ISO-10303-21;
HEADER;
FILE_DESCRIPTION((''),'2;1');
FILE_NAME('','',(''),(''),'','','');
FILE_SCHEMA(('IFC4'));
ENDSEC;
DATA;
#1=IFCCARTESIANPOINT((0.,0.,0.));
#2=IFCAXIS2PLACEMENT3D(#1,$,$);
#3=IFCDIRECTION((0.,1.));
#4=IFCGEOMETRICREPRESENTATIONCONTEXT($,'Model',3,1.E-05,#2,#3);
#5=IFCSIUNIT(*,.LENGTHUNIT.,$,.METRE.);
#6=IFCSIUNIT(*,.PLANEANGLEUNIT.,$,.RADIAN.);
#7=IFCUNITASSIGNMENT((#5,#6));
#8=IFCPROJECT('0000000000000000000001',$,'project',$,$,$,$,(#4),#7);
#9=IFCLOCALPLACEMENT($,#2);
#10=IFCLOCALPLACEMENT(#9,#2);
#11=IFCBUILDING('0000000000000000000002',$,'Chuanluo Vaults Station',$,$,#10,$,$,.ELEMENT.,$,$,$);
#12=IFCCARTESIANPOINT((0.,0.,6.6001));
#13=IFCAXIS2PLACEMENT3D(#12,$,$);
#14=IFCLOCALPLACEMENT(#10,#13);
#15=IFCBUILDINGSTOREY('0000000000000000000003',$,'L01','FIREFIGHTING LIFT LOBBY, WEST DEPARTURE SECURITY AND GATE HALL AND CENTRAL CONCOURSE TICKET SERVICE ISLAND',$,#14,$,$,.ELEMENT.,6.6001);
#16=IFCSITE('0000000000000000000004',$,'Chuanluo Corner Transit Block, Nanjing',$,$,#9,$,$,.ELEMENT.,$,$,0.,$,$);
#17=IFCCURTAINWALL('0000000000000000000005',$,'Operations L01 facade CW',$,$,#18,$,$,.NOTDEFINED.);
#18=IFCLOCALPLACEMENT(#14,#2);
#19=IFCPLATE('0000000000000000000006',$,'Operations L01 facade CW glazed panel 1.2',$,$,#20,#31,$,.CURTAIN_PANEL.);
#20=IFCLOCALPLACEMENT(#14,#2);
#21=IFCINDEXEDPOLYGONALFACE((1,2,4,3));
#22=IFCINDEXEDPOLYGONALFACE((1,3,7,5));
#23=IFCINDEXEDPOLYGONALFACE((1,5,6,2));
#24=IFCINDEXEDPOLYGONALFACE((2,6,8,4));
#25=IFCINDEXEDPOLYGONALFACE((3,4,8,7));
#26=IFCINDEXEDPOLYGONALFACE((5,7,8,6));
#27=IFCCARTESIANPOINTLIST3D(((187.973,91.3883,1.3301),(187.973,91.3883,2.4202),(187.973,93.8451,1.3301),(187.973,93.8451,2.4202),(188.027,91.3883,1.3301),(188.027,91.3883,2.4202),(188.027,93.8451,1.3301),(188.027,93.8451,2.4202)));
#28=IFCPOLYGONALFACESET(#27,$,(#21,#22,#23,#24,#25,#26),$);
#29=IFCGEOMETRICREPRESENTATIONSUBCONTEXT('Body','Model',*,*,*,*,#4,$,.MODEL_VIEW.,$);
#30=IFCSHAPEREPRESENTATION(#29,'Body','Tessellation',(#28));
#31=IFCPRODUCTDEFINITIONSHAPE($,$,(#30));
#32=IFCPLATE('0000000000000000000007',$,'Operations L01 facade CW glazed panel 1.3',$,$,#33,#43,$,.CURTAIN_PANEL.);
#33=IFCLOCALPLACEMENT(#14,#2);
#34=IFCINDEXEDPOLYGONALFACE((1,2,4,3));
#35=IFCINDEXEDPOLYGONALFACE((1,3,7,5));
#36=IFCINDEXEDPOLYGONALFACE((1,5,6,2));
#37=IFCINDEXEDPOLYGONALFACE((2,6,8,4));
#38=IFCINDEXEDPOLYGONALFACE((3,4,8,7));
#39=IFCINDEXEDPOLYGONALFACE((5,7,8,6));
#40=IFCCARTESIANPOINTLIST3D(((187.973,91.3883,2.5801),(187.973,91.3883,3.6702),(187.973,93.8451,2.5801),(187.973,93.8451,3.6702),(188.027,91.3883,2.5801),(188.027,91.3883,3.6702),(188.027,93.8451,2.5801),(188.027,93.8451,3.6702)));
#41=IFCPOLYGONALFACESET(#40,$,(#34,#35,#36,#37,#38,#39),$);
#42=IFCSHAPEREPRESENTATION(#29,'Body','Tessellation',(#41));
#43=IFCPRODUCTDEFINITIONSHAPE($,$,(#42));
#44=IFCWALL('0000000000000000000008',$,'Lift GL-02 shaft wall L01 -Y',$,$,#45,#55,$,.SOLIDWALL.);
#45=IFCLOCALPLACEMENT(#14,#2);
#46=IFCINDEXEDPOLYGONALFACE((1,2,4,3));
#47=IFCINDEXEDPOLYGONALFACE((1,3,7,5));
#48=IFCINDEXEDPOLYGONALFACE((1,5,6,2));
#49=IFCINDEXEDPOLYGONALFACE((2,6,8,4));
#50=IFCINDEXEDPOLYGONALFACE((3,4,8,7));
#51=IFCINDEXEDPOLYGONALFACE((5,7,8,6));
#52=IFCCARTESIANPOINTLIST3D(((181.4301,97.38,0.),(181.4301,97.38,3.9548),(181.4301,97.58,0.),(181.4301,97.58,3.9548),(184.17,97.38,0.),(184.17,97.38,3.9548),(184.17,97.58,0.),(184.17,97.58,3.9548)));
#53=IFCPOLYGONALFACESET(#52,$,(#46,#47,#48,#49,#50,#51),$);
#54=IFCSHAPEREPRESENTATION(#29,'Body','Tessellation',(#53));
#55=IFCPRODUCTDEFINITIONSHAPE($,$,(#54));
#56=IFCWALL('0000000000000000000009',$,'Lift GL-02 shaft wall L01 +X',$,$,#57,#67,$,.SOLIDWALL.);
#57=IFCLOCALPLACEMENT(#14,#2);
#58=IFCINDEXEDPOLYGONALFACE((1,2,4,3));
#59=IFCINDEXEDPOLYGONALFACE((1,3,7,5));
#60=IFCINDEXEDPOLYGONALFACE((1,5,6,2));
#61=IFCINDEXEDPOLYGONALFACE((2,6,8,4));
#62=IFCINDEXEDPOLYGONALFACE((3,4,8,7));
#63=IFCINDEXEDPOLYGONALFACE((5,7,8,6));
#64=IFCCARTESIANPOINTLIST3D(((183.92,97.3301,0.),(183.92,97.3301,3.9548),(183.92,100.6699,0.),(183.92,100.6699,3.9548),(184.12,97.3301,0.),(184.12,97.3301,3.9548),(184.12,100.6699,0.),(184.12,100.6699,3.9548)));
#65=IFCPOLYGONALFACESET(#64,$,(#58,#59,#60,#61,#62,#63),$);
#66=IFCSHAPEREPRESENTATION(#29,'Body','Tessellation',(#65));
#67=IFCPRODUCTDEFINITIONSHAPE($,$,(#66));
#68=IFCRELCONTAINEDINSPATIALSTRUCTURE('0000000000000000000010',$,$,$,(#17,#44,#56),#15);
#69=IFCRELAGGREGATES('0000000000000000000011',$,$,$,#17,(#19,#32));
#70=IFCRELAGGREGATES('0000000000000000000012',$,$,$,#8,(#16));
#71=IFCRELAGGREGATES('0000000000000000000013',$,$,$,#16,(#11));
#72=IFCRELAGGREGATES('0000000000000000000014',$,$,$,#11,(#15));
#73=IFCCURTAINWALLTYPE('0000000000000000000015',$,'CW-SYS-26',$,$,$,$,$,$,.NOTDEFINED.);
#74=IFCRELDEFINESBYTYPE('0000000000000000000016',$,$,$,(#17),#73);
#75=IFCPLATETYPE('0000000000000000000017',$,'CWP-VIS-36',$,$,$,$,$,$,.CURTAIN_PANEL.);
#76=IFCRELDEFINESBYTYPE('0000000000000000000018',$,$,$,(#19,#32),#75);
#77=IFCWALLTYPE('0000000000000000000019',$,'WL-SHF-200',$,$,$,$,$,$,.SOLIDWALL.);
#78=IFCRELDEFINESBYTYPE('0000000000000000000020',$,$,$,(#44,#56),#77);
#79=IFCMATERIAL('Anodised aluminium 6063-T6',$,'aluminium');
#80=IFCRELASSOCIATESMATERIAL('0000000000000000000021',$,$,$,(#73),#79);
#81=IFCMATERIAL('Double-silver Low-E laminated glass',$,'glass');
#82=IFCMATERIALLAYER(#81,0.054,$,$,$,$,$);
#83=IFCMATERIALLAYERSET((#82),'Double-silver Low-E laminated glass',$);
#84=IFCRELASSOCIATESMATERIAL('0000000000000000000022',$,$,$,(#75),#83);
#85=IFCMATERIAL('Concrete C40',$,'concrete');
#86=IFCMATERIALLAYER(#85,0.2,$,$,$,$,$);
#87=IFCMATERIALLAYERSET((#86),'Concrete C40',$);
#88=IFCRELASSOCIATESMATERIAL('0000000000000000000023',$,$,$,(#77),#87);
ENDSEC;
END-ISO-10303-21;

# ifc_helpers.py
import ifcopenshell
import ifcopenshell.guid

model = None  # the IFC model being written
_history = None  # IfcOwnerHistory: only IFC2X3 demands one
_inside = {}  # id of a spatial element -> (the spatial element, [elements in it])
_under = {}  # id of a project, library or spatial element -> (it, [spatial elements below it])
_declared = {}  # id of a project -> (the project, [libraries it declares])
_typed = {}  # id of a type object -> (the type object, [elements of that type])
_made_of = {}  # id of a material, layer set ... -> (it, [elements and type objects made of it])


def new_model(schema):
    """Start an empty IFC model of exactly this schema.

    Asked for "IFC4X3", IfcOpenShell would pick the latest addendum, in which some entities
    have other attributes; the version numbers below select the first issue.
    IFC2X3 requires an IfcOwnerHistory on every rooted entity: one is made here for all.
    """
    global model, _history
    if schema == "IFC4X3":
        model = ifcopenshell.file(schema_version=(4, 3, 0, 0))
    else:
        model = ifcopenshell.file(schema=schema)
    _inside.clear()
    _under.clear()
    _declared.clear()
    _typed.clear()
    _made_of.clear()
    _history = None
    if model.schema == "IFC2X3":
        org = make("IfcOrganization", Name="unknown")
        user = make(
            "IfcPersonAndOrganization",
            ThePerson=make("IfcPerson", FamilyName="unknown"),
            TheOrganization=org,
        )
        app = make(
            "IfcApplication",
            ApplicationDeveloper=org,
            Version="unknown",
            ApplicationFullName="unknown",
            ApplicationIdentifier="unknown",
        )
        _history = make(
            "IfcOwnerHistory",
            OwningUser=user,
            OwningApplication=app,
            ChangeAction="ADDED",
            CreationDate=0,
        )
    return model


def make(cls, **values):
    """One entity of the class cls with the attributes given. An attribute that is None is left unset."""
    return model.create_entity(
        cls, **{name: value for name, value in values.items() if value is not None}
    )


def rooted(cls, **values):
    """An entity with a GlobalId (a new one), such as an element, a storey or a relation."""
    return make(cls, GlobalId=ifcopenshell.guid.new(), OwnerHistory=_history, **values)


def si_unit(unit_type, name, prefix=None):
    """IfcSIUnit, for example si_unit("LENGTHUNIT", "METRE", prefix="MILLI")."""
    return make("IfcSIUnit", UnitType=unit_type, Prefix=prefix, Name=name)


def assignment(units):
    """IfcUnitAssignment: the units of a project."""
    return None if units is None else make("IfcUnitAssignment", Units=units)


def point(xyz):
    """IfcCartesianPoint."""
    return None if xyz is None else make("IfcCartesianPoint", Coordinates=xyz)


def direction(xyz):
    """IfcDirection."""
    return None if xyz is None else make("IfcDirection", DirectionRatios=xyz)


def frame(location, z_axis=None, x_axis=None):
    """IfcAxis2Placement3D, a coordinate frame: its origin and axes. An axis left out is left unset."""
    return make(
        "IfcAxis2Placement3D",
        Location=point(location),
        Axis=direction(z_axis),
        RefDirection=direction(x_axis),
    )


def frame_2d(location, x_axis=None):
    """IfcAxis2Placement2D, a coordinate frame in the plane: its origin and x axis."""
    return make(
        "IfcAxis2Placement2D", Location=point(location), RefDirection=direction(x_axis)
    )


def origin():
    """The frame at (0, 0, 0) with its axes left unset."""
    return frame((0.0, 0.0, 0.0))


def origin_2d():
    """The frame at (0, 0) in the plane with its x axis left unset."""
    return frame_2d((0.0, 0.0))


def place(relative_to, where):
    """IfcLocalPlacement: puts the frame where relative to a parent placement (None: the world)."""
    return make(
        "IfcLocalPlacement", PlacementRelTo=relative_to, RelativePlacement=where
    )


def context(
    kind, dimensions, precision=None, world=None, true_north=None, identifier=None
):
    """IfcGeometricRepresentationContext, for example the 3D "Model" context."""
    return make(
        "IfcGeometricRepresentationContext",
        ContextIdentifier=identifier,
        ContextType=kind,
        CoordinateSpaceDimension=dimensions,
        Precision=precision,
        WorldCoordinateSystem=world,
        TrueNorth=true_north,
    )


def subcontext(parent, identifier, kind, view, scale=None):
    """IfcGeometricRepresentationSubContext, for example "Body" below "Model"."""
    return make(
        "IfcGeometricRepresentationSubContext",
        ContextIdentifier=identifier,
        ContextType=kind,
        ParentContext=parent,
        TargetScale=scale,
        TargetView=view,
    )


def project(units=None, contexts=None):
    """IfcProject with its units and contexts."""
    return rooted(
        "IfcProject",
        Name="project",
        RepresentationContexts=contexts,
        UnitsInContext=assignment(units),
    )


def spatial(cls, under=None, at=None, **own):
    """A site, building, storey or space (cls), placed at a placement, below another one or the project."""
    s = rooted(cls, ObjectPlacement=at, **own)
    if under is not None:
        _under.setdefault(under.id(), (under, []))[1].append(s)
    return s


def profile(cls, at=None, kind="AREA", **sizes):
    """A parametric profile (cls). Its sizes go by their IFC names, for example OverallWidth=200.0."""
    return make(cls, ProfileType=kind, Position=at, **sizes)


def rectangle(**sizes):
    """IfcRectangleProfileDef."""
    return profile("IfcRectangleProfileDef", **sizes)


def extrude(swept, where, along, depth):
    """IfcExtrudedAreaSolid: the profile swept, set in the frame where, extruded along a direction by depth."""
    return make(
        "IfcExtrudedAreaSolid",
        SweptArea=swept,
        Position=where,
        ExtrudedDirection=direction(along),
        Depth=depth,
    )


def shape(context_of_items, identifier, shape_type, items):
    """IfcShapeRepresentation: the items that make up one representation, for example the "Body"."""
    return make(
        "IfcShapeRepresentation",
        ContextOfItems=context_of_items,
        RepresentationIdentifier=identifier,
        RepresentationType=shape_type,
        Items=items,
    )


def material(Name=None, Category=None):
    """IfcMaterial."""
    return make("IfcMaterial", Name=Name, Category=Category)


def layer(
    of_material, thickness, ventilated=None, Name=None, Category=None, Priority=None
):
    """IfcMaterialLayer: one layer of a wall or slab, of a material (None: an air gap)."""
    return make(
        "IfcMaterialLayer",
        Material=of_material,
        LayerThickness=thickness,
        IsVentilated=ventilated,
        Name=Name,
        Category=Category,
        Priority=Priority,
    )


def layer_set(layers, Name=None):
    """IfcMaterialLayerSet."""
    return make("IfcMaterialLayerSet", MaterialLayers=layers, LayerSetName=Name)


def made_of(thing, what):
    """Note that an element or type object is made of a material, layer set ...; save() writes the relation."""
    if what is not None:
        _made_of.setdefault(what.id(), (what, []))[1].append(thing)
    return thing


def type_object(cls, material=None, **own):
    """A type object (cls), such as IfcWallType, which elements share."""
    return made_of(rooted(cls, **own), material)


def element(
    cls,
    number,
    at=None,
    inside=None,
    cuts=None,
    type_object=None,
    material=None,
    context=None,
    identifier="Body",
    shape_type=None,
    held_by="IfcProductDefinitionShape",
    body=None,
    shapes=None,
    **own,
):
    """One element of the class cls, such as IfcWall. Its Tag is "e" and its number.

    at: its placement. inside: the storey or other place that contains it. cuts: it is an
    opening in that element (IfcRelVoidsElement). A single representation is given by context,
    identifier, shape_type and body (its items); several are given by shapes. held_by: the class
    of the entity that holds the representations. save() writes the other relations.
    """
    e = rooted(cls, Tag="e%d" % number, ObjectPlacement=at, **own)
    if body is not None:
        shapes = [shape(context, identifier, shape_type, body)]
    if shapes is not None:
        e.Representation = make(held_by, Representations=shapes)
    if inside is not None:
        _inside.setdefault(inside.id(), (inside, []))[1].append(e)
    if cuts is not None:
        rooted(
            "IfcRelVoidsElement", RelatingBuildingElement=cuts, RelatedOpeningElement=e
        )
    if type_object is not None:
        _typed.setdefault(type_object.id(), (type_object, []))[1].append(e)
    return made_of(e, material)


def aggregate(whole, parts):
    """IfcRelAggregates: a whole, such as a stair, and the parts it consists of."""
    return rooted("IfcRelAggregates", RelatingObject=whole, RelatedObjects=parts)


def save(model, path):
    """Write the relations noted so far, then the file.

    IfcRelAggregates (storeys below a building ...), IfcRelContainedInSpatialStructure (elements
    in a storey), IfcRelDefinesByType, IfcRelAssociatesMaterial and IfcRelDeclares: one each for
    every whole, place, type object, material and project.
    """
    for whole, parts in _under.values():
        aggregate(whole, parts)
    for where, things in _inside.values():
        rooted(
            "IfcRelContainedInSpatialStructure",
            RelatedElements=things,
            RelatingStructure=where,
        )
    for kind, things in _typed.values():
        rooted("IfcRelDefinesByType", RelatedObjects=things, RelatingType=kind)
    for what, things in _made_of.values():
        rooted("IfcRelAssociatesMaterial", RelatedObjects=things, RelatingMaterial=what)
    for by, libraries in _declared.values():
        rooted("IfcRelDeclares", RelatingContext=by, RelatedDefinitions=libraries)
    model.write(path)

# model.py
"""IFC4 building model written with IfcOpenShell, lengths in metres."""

from ifc_helpers import new_model, si_unit, direction, frame, frame_2d, origin, origin_2d, place, context, subcontext, project, spatial, rectangle, extrude, material, layer, layer_set, type_object, element, aggregate, save


model = new_model("IFC4")

# Units and contexts
model_context = context("Model", 3, precision=1e-05, world=origin(), true_north=direction((0.0, 1.0)))
body_context = subcontext(model_context, "Body", "Model", "MODEL_VIEW")
ifc_project = project(units=[si_unit("LENGTHUNIT", "METRE"), si_unit("PLANEANGLEUNIT", "RADIAN")], contexts=[model_context])

# Site, building, storey
site_placement = place(None, origin())
site = spatial("IfcSite", under=ifc_project, at=site_placement, Name="Chuanluo Corner Transit Block, Nanjing", CompositionType="ELEMENT", RefElevation=0.0)
building_placement = place(site_placement, origin())
building = spatial("IfcBuilding", under=site, at=building_placement, Name="Chuanluo Vaults Station", CompositionType="ELEMENT")
storey_placement = place(building_placement, frame((0.0, 0.0, 6.6001)))
storey = spatial("IfcBuildingStorey", under=building, at=storey_placement, Name="L01", Description="FIREFIGHTING LIFT LOBBY, WEST DEPARTURE SECURITY AND GATE HALL AND CENTRAL CONCOURSE TICKET SERVICE ISLAND", CompositionType="ELEMENT", Elevation=6.6001)

# Curtain wall
ifc_material_1 = material(Name="Anodised aluminium 6063-T6", Category="aluminium")
curtain_wall_type_1 = type_object("IfcCurtainWallType", Name="CW-SYS-26", PredefinedType="NOTDEFINED", material=ifc_material_1)
curtain_wall_1_placement = place(storey_placement, origin())
curtain_wall_1 = element("IfcCurtainWall", 1, at=curtain_wall_1_placement, inside=storey, type_object=curtain_wall_type_1, Name="Operations L01 facade CW", PredefinedType="NOTDEFINED")

# Plates
ifc_material_2 = material(Name="Double-silver Low-E laminated glass", Category="glass")
ifc_layer_1 = layer(ifc_material_2, 0.054)
ifc_layer_set_1 = layer_set([ifc_layer_1], Name="Double-silver Low-E laminated glass")
plate_type_1 = type_object("IfcPlateType", Name="CWP-VIS-36", PredefinedType="CURTAIN_PANEL", material=ifc_layer_set_1)
plate_1_placement = place(storey_placement, frame((188.0, 92.6167, 1.3301), z_axis=(0.0, 0.0, 1.0), x_axis=(0.0, -1.0, 0.0)))
plate_1 = element("IfcPlate", 2, at=plate_1_placement, type_object=plate_type_1, Name="Operations L01 facade CW glazed panel 1.2", PredefinedType="CURTAIN_PANEL", context=body_context, shape_type="SweptSolid", body=[
    extrude(rectangle(XDim=2.4568, YDim=0.054, at=origin_2d()), origin(), (0.0, 0.0, 1.0), 1.0901),
])
plate_2_placement = place(storey_placement, frame((188.0, 92.6167, 2.5801), z_axis=(0.0, 0.0, 1.0), x_axis=(0.0, -1.0, 0.0)))
plate_2 = element("IfcPlate", 3, at=plate_2_placement, type_object=plate_type_1, Name="Operations L01 facade CW glazed panel 1.3", PredefinedType="CURTAIN_PANEL", context=body_context, shape_type="SweptSolid", body=[
    extrude(rectangle(XDim=2.4568, YDim=0.054, at=origin_2d()), origin(), (0.0, 0.0, 1.0), 1.0901),
])
aggregate(curtain_wall_1, [plate_1, plate_2])

# Walls
ifc_material_3 = material(Name="Concrete C40", Category="concrete")
ifc_layer_2 = layer(ifc_material_3, 0.2)
ifc_layer_set_2 = layer_set([ifc_layer_2], Name="Concrete C40")
wall_type = type_object("IfcWallType", Name="WL-SHF-200", PredefinedType="SOLIDWALL", material=ifc_layer_set_2)
wall_1_placement = place(storey_placement, frame((181.4299, 97.48, 0.0), z_axis=(0.0, 0.0, 1.0), x_axis=(1.0, 0.0, 0.0)))
element("IfcWall", 4, at=wall_1_placement, inside=storey, type_object=wall_type, Name="Lift GL-02 shaft wall L01 -Y", PredefinedType="SOLIDWALL", context=body_context, shape_type="SweptSolid", body=[
    extrude(rectangle(XDim=2.74, YDim=0.2, at=frame_2d((1.3701, 0.0))), origin(), (0.0, 0.0, 1.0), 3.9548),
])
wall_2_placement = place(storey_placement, frame((184.02, 97.3301, 0.0), z_axis=(0.0, 0.0, 1.0), x_axis=(0.0, 1.0, 0.0)))
element("IfcWall", 5, at=wall_2_placement, inside=storey, type_object=wall_type, Name="Lift GL-02 shaft wall L01 +X", PredefinedType="SOLIDWALL", context=body_context, shape_type="SweptSolid", body=[
    extrude(rectangle(XDim=3.3398, YDim=0.2, at=frame_2d((1.6699, 0.0))), origin(), (0.0, 0.0, 1.0), 3.9548),
])

save(model, "model.ifc")
